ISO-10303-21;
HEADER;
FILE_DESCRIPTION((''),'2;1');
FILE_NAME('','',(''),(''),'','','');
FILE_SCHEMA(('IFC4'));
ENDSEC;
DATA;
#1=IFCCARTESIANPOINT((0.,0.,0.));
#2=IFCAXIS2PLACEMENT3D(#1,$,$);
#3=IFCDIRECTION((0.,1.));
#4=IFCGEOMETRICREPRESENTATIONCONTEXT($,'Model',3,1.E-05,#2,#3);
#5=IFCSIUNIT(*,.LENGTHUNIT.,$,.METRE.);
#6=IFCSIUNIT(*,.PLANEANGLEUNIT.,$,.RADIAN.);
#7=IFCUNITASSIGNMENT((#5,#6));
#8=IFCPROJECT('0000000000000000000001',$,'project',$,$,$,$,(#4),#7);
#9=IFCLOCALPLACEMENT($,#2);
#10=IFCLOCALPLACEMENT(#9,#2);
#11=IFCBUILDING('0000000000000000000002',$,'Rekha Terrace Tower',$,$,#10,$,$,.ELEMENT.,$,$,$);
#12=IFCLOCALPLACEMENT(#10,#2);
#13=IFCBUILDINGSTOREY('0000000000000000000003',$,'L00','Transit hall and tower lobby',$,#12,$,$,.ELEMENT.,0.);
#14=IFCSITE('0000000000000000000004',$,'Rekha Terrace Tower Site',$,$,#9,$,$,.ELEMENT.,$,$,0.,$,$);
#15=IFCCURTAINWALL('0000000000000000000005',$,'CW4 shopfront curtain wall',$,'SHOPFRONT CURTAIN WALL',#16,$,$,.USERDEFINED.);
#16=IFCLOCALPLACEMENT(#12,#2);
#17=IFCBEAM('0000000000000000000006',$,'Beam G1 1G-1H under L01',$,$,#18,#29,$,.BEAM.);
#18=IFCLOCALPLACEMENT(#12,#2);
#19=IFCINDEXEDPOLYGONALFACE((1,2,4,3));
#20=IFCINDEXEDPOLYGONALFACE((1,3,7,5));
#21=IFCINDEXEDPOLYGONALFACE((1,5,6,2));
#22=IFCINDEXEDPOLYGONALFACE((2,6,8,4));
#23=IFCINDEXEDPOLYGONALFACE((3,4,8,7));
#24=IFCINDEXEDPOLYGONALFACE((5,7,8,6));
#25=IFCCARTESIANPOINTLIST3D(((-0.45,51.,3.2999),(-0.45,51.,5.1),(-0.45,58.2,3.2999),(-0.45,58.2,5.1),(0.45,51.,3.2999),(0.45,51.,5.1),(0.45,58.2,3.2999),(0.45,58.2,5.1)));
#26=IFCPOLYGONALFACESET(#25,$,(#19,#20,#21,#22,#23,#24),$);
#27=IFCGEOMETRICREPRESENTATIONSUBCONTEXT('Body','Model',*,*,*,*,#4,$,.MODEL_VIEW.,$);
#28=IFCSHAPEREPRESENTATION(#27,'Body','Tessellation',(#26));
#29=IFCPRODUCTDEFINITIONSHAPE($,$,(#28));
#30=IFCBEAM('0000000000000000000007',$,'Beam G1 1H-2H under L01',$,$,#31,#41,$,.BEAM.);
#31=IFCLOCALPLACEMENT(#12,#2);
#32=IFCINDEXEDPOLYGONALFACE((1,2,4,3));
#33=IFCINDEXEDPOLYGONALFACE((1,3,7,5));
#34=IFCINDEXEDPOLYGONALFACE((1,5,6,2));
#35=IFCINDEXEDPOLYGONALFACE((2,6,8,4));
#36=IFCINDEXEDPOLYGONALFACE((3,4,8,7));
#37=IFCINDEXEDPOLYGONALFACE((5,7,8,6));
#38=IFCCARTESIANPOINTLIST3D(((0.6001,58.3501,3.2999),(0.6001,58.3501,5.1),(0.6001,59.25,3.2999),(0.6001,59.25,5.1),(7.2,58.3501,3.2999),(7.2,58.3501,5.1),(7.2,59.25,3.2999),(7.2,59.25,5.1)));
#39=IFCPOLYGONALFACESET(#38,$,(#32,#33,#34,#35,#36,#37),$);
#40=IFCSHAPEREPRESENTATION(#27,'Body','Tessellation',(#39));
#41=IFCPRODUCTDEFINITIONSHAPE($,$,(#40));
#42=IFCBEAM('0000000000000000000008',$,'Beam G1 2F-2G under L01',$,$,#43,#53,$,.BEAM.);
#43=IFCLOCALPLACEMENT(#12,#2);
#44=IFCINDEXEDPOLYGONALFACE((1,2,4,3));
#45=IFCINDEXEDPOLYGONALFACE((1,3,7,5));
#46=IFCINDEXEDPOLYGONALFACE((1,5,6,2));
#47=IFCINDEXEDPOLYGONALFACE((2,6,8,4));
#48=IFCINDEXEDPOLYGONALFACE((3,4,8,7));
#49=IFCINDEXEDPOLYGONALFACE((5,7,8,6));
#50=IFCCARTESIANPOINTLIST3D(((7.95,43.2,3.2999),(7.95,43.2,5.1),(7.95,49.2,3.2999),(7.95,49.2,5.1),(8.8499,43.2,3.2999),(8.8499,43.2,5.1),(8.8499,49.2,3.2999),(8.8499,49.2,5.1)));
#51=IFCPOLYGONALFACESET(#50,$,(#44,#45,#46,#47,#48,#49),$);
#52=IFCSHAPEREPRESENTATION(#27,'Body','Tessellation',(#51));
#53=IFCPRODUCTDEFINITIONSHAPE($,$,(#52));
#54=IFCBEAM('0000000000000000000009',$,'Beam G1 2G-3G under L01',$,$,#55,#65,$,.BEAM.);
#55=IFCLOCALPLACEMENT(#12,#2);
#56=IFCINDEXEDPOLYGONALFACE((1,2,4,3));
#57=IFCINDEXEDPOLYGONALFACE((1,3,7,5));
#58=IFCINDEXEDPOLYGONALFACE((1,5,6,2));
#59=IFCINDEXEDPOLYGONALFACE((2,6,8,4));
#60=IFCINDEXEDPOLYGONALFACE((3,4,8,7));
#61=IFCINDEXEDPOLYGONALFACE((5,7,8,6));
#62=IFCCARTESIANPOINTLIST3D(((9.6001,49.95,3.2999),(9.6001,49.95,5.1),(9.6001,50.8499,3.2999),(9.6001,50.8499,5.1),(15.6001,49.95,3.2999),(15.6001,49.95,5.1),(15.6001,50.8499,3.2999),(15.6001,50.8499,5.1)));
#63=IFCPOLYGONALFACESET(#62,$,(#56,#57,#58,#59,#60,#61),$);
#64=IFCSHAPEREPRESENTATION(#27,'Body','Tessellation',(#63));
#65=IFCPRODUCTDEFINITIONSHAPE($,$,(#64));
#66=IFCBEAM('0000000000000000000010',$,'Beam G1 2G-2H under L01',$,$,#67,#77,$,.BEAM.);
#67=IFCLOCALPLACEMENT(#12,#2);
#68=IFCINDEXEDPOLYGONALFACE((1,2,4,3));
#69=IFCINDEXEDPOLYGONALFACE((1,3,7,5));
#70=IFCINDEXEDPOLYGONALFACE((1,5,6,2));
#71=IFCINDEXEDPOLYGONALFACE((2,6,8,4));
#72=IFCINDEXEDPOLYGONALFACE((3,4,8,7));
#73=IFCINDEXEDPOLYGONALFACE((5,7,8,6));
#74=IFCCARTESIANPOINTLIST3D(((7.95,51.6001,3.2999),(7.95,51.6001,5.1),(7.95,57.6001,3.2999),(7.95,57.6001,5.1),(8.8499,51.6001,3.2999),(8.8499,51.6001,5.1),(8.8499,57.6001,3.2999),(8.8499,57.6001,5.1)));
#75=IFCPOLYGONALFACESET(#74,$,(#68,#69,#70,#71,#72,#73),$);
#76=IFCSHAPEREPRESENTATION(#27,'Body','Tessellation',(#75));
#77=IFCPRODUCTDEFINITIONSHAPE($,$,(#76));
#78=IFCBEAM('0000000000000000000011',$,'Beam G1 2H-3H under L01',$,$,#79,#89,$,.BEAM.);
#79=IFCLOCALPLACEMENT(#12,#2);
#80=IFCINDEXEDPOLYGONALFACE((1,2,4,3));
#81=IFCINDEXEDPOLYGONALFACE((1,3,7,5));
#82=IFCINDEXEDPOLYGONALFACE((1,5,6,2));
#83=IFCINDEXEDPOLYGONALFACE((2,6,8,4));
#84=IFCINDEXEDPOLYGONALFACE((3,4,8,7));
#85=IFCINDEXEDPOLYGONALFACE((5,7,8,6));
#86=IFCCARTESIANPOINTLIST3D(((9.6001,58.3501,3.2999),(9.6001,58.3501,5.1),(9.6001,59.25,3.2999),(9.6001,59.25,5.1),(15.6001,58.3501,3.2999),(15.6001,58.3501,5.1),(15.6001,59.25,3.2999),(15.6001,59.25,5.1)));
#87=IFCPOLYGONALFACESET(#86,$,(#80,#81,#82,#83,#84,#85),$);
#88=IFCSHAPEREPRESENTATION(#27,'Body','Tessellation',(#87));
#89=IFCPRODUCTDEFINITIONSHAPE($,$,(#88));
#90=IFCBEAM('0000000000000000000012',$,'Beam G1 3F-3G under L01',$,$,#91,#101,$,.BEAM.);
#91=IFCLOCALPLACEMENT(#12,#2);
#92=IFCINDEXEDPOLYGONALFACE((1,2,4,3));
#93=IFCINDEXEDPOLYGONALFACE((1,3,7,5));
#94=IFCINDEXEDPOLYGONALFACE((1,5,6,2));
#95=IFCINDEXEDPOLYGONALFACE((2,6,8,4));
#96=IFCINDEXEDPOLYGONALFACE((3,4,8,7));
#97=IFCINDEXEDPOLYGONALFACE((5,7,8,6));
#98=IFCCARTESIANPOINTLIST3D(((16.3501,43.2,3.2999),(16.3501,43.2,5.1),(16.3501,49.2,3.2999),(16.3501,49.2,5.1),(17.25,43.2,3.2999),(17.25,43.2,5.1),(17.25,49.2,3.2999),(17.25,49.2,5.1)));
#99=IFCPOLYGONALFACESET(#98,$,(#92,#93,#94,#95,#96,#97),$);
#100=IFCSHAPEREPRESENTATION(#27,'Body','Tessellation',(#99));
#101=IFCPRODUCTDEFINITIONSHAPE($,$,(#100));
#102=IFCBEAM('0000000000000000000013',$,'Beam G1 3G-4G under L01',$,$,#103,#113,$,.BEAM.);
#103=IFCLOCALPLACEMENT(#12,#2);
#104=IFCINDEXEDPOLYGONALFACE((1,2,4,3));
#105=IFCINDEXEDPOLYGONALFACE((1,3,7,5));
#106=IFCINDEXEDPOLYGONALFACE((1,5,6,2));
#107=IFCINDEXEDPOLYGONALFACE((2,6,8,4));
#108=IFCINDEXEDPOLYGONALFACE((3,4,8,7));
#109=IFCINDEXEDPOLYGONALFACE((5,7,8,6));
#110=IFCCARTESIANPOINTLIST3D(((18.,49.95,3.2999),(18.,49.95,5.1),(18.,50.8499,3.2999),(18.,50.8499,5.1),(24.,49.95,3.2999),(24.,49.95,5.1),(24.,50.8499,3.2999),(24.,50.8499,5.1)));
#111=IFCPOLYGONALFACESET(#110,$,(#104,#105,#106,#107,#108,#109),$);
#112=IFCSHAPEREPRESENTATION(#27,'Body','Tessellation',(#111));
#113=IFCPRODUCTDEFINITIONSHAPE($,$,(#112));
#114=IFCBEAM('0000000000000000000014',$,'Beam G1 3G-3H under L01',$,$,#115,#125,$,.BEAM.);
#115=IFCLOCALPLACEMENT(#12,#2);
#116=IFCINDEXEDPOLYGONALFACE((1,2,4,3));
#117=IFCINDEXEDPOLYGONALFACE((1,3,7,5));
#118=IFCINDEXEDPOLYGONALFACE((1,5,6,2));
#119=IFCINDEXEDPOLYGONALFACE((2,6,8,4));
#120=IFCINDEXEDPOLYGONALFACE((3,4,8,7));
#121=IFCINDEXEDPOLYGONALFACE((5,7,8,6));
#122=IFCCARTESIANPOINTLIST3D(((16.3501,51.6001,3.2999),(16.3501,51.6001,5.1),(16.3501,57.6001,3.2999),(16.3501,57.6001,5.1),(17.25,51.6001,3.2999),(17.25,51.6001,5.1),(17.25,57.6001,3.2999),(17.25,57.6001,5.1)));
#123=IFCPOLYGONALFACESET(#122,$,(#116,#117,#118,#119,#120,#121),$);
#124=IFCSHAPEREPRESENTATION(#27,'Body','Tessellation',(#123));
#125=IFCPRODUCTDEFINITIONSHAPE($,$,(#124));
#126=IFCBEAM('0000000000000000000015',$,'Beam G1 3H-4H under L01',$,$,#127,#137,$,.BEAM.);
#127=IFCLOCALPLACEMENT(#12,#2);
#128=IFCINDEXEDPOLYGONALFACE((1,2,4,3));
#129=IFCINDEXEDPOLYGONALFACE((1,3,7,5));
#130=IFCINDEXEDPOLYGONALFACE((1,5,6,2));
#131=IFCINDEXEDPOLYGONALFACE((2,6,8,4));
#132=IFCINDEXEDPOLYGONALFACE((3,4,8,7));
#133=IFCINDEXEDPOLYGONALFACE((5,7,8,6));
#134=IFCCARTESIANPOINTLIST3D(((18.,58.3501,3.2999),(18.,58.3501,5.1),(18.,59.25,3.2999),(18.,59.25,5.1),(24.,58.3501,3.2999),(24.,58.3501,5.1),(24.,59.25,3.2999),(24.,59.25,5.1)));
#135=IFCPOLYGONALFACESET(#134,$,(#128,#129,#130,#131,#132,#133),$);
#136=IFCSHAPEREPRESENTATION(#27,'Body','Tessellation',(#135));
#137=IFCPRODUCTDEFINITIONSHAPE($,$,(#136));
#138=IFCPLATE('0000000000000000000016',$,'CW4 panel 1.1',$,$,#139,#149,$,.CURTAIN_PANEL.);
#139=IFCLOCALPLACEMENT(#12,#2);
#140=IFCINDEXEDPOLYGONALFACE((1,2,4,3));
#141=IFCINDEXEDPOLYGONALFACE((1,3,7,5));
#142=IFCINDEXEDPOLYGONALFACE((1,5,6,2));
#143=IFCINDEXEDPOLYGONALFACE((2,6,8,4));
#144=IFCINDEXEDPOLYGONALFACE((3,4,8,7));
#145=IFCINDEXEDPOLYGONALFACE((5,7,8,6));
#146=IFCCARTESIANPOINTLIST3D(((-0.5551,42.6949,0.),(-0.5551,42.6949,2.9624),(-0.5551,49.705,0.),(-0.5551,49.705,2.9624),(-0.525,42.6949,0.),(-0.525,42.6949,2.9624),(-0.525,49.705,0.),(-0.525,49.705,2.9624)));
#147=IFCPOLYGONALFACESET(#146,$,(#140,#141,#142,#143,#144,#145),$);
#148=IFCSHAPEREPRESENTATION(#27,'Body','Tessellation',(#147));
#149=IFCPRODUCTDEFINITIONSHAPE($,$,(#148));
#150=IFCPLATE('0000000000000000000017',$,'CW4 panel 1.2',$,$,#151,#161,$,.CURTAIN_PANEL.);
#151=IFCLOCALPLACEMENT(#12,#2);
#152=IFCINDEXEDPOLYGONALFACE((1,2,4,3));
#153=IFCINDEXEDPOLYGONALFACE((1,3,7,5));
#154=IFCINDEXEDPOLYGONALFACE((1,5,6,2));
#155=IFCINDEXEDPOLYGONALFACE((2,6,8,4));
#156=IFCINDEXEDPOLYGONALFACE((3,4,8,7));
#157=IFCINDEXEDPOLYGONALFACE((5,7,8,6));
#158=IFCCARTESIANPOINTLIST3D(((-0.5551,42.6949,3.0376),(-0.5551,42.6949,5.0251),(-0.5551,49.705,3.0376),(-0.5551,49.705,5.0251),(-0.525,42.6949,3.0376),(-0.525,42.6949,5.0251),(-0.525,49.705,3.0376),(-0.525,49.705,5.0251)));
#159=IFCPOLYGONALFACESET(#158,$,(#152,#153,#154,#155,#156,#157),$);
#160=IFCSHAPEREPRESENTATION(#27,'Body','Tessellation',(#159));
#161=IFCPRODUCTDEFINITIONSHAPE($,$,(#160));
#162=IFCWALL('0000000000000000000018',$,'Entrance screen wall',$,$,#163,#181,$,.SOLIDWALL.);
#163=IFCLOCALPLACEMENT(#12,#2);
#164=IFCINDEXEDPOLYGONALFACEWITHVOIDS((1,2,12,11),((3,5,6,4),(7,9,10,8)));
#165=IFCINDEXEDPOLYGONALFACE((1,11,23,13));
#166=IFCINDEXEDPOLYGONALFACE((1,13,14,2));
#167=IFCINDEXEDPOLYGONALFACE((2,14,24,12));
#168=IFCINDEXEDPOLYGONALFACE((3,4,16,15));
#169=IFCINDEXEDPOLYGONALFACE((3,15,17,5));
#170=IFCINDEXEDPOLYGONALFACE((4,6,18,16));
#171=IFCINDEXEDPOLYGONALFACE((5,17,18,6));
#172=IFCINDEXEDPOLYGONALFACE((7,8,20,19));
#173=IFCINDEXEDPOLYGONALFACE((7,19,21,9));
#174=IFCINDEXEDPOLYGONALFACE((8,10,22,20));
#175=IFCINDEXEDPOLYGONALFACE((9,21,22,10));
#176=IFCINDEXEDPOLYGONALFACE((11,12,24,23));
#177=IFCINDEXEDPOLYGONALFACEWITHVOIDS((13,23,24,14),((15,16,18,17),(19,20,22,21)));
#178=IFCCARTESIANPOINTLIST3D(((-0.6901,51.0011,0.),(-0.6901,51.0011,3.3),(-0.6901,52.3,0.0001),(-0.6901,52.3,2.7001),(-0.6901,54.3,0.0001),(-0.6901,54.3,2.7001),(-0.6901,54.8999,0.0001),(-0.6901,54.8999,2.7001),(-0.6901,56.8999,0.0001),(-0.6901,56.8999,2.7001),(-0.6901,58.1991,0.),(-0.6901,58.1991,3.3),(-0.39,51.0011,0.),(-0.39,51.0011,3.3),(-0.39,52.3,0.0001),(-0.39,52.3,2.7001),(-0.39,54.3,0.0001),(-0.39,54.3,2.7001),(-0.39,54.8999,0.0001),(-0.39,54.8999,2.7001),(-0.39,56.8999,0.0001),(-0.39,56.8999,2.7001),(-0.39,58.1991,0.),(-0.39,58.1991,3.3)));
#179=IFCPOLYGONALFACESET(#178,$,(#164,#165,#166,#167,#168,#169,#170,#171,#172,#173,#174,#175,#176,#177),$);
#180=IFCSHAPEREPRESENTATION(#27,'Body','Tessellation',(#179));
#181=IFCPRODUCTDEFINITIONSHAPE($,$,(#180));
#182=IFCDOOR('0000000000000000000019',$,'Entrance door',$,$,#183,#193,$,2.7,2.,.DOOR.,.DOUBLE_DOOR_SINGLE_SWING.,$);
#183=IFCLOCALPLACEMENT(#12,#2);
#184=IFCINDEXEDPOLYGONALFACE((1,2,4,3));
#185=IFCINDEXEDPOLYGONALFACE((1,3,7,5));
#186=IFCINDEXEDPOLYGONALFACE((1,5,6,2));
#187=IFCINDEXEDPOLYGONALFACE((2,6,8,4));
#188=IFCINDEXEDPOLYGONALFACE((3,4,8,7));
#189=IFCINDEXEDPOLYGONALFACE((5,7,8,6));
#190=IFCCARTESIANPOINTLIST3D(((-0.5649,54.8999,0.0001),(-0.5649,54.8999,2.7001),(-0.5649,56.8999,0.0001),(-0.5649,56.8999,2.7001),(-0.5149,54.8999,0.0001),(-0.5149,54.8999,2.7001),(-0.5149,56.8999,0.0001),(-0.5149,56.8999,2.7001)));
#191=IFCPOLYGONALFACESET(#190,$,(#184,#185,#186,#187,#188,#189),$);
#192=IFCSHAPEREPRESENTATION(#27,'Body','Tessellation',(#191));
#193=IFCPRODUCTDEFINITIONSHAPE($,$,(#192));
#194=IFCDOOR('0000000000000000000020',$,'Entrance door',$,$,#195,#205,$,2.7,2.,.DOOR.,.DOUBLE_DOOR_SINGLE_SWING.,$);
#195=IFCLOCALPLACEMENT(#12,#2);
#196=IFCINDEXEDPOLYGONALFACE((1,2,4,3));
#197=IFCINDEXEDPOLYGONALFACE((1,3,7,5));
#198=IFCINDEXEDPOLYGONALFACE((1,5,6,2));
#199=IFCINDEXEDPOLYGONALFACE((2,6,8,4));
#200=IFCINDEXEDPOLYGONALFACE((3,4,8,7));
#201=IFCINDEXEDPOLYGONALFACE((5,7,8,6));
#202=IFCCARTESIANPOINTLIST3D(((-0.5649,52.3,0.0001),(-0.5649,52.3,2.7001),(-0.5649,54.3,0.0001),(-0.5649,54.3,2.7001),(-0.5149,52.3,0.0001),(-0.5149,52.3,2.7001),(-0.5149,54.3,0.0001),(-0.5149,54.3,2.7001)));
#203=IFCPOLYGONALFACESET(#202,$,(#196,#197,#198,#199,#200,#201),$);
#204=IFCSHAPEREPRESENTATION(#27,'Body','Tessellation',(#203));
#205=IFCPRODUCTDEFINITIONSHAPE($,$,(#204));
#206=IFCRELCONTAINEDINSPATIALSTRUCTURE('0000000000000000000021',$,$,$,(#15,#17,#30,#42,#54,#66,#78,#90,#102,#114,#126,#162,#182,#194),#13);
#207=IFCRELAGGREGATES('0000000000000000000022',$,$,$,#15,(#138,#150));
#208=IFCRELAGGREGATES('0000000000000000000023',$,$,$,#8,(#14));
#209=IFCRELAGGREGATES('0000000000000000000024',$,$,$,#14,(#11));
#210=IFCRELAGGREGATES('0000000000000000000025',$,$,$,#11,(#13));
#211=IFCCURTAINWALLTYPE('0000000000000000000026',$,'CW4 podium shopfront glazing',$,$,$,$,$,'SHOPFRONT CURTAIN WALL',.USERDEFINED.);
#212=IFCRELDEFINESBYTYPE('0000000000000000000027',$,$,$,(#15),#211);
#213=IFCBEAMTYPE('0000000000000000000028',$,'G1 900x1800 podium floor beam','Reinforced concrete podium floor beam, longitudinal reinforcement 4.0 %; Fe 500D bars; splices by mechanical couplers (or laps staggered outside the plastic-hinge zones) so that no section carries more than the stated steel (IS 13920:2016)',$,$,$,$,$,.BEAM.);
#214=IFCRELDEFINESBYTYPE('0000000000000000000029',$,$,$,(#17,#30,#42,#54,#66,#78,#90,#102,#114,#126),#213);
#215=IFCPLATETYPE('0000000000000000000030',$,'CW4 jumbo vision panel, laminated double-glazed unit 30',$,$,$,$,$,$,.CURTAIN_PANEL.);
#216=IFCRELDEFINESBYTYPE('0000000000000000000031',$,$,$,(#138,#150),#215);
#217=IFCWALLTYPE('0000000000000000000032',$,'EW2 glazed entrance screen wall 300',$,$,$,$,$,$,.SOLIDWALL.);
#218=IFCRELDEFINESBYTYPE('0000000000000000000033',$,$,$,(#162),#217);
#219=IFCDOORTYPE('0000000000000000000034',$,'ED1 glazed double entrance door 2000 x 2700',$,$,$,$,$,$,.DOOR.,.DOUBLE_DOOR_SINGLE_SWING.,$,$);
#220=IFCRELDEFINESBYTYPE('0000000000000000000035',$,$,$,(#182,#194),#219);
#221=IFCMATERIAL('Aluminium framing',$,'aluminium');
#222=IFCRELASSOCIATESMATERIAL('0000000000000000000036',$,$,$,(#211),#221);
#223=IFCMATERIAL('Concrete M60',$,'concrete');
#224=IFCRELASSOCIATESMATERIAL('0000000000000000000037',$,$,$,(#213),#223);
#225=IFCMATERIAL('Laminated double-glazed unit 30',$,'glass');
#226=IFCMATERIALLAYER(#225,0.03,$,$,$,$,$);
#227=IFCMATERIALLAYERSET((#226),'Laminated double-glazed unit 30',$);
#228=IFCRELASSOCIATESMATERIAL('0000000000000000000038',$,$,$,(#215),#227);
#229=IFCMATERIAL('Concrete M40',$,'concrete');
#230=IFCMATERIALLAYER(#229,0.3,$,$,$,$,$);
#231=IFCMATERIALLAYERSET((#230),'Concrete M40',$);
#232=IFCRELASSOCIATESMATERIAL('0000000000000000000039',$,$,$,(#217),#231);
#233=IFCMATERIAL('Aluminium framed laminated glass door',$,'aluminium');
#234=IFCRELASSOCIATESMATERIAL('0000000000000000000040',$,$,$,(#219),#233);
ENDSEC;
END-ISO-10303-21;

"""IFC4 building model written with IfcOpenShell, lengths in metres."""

from ifc_helpers import new_model, si_unit, direction, frame, frame_2d, origin, origin_2d, place, context, subcontext, project, spatial, rectangle, extrude, material, layer, layer_set, material_profile, profile_set, type_object, element, fill, aggregate, save


model = new_model("IFC4")

# Units and contexts
model_context = context("Model", 3, precision=1e-05, world=origin(), true_north=direction((0.0, 1.0)))
body_context = subcontext(model_context, "Body", "Model", "MODEL_VIEW")
ifc_project = project(units=[si_unit("LENGTHUNIT", "METRE"), si_unit("PLANEANGLEUNIT", "RADIAN")], contexts=[model_context])

# Site, building, storey
site_placement = place(None, origin())
site = spatial("IfcSite", under=ifc_project, at=site_placement, Name="Rekha Terrace Tower Site", CompositionType="ELEMENT", RefElevation=0.0)
building_placement = place(site_placement, origin())
building = spatial("IfcBuilding", under=site, at=building_placement, Name="Rekha Terrace Tower", CompositionType="ELEMENT")
storey_placement = place(building_placement, origin())
storey = spatial("IfcBuildingStorey", under=building, at=storey_placement, Name="L00", Description="Transit hall and tower lobby", CompositionType="ELEMENT", Elevation=0.0)

# Shared definitions
ifc_material_1 = material(Name="Concrete M60", Category="concrete")

# Shared definitions
ifc_material_2 = material(Name="Aluminium framing", Category="aluminium")
curtain_wall_type = type_object("IfcCurtainWallType", Name="CW4 podium shopfront glazing", ElementType="SHOPFRONT CURTAIN WALL", PredefinedType="USERDEFINED", material=ifc_material_2)

# Curtain wall
curtain_wall_1_placement = place(storey_placement, origin())
curtain_wall_1 = element("IfcCurtainWall", 1, at=curtain_wall_1_placement, inside=storey, type_object=curtain_wall_type, Name="CW4 shopfront curtain wall", ObjectType="SHOPFRONT CURTAIN WALL", PredefinedType="USERDEFINED")

# Beams
ifc_material_profile_1 = material_profile(ifc_material_1, rectangle(XDim=0.8999, YDim=1.8, at=origin_2d()), Name="RC 900x1800")
ifc_profile_set_1 = profile_set([ifc_material_profile_1], Name="Concrete M60")
beam_type = type_object("IfcBeamType", Name="G1 900x1800 podium floor beam", Description="Reinforced concrete podium floor beam, longitudinal reinforcement 4.0 %; Fe 500D bars; splices by mechanical couplers (or laps staggered outside the plastic-hinge zones) so that no section carries more than the stated steel (IS 13920:2016)", PredefinedType="BEAM", material=ifc_profile_set_1)
beam_1_placement = place(storey_placement, frame((0.0, 51.0, 4.2), z_axis=(0.0, 1.0, 0.0), x_axis=(-1.0, 0.0, 0.0)))
element("IfcBeam", 2, at=beam_1_placement, inside=storey, type_object=beam_type, Name="Beam G1 1G-1H under L01", PredefinedType="BEAM", context=body_context, shape_type="SweptSolid", body=[
    extrude(rectangle(XDim=0.8999, YDim=1.8, at=origin_2d()), origin(), (0.0, 0.0, 1.0), 7.2),
])
beam_2_placement = place(storey_placement, frame((0.6001, 58.8, 4.2), z_axis=(1.0, 0.0, 0.0), x_axis=(0.0, 1.0, 0.0)))
element("IfcBeam", 3, at=beam_2_placement, inside=storey, type_object=beam_type, Name="Beam G1 1H-2H under L01", PredefinedType="BEAM", context=body_context, shape_type="SweptSolid", body=[
    extrude(rectangle(XDim=0.8999, YDim=1.8, at=origin_2d()), origin(), (0.0, 0.0, 1.0), 6.5999),
])
for number, where, z_axis, x_axis, name in (
    (4, (8.3999, 43.2, 4.2), (0.0, 1.0, 0.0), (-1.0, 0.0, 0.0), "Beam G1 2F-2G under L01"),
    (5, (9.6001, 50.3999, 4.2), (1.0, 0.0, 0.0), (0.0, 1.0, 0.0), "Beam G1 2G-3G under L01"),
    (6, (8.3999, 51.6001, 4.2), (0.0, 1.0, 0.0), (-1.0, 0.0, 0.0), "Beam G1 2G-2H under L01"),
    (7, (9.6001, 58.8, 4.2), (1.0, 0.0, 0.0), (0.0, 1.0, 0.0), "Beam G1 2H-3H under L01"),
    (8, (16.8, 43.2, 4.2), (0.0, 1.0, 0.0), (-1.0, 0.0, 0.0), "Beam G1 3F-3G under L01"),
    (9, (18.0, 50.3999, 4.2), (1.0, 0.0, 0.0), (0.0, 1.0, 0.0), "Beam G1 3G-4G under L01"),
    (10, (16.8, 51.6001, 4.2), (0.0, 1.0, 0.0), (-1.0, 0.0, 0.0), "Beam G1 3G-3H under L01"),
    (11, (18.0, 58.8, 4.2), (1.0, 0.0, 0.0), (0.0, 1.0, 0.0), "Beam G1 3H-4H under L01"),
):
    element("IfcBeam", number, at=place(storey_placement, frame(where, z_axis=z_axis, x_axis=x_axis)), inside=storey, type_object=beam_type, Name=name, PredefinedType="BEAM", context=body_context, shape_type="SweptSolid", body=[
        extrude(rectangle(XDim=0.8999, YDim=1.8, at=origin_2d()), origin(), (0.0, 0.0, 1.0), 6.0),
    ])

# Plates
ifc_material_3 = material(Name="Laminated double-glazed unit 30", Category="glass")
ifc_layer_1 = layer(ifc_material_3, 0.03)
ifc_layer_set_1 = layer_set([ifc_layer_1], Name="Laminated double-glazed unit 30")
plate_type = type_object("IfcPlateType", Name="CW4 jumbo vision panel, laminated double-glazed unit 30", PredefinedType="CURTAIN_PANEL", material=ifc_layer_set_1)
plate_1_placement = place(storey_placement, frame((-0.54, 46.2, 0.0), z_axis=(0.0, 0.0, 1.0), x_axis=(0.0, -1.0, 0.0)))
plate_1 = element("IfcPlate", 12, at=plate_1_placement, type_object=plate_type, Name="CW4 panel 1.1", PredefinedType="CURTAIN_PANEL", context=body_context, shape_type="SweptSolid", body=[
    extrude(rectangle(XDim=7.01, YDim=0.03, at=origin_2d()), origin(), (0.0, 0.0, 1.0), 2.9624),
])
plate_2_placement = place(storey_placement, frame((-0.54, 46.2, 3.0376), z_axis=(0.0, 0.0, 1.0), x_axis=(0.0, -1.0, 0.0)))
plate_2 = element("IfcPlate", 13, at=plate_2_placement, type_object=plate_type, Name="CW4 panel 1.2", PredefinedType="CURTAIN_PANEL", context=body_context, shape_type="SweptSolid", body=[
    extrude(rectangle(XDim=7.01, YDim=0.03, at=origin_2d()), origin(), (0.0, 0.0, 1.0), 1.9875),
])
aggregate(curtain_wall_1, [plate_1, plate_2])

# Wall, openings, doors
ifc_material_4 = material(Name="Concrete M40", Category="concrete")
ifc_layer_2 = layer(ifc_material_4, 0.3)
ifc_layer_set_2 = layer_set([ifc_layer_2], Name="Concrete M40")
wall_type = type_object("IfcWallType", Name="EW2 glazed entrance screen wall 300", PredefinedType="SOLIDWALL", material=ifc_layer_set_2)
wall_placement = place(storey_placement, frame((-0.54, 51.001, 0.0), z_axis=(0.0, 0.0, 1.0), x_axis=(0.0, 1.0, 0.0)))
wall = element("IfcWall", 14, at=wall_placement, inside=storey, type_object=wall_type, Name="Entrance screen wall", PredefinedType="SOLIDWALL", context=body_context, shape_type="SweptSolid", body=[
    extrude(rectangle(XDim=7.198, YDim=0.3, at=frame_2d((3.5991, 0.0))), origin(), (0.0, 0.0, 1.0), 3.3),
])
opening_1_placement = place(wall_placement, frame((3.8989, 0.0, 0.0)))
opening_1 = element("IfcOpeningElement", 15, at=opening_1_placement, cuts=wall, PredefinedType="OPENING", context=body_context, shape_type="SweptSolid", body=[
    extrude(rectangle(XDim=2.0, YDim=2.7, at=frame_2d((1.0, 1.3501))), frame((0.0, 0.1599, 0.0), z_axis=(0.0, -1.0, 0.0), x_axis=(1.0, 0.0, 0.0)), (0.0, 0.0, 1.0), 0.3201),
])
opening_2_placement = place(wall_placement, frame((1.2991, 0.0, 0.0)))
opening_2 = element("IfcOpeningElement", 16, at=opening_2_placement, cuts=wall, PredefinedType="OPENING", context=body_context, shape_type="SweptSolid", body=[
    extrude(rectangle(XDim=2.0, YDim=2.7, at=frame_2d((1.0, 1.3501))), frame((0.0, 0.1599, 0.0), z_axis=(0.0, -1.0, 0.0), x_axis=(1.0, 0.0, 0.0)), (0.0, 0.0, 1.0), 0.3201),
])
ifc_material_5 = material(Name="Aluminium framed laminated glass door", Category="aluminium")
door_type = type_object("IfcDoorType", Name="ED1 glazed double entrance door 2000 x 2700", OperationType="DOUBLE_DOOR_SINGLE_SWING", PredefinedType="DOOR", material=ifc_material_5)
door_1_placement = place(opening_1_placement, origin())
door_1 = element("IfcDoor", 17, at=door_1_placement, inside=storey, type_object=door_type, Name="Entrance door", OperationType="DOUBLE_DOOR_SINGLE_SWING", OverallHeight=2.7, OverallWidth=2.0, PredefinedType="DOOR", context=body_context, shape_type="SweptSolid", body=[
    extrude(rectangle(XDim=2.0, YDim=2.7, at=frame_2d((1.0, 1.3501))), frame((0.0, 0.0249, 0.0), z_axis=(0.0, -1.0, 0.0), x_axis=(1.0, 0.0, 0.0)), (0.0, 0.0, 1.0), 0.05),
])
fill(opening_1, door_1)
door_2_placement = place(opening_2_placement, origin())
door_2 = element("IfcDoor", 18, at=door_2_placement, inside=storey, type_object=door_type, Name="Entrance door", OperationType="DOUBLE_DOOR_SINGLE_SWING", OverallHeight=2.7, OverallWidth=2.0, PredefinedType="DOOR", context=body_context, shape_type="SweptSolid", body=[
    extrude(rectangle(XDim=2.0, YDim=2.7, at=frame_2d((1.0, 1.3501))), frame((0.0, 0.0249, 0.0), z_axis=(0.0, -1.0, 0.0), x_axis=(1.0, 0.0, 0.0)), (0.0, 0.0, 1.0), 0.05),
])
fill(opening_2, door_2)

save(model, "model.ifc")
